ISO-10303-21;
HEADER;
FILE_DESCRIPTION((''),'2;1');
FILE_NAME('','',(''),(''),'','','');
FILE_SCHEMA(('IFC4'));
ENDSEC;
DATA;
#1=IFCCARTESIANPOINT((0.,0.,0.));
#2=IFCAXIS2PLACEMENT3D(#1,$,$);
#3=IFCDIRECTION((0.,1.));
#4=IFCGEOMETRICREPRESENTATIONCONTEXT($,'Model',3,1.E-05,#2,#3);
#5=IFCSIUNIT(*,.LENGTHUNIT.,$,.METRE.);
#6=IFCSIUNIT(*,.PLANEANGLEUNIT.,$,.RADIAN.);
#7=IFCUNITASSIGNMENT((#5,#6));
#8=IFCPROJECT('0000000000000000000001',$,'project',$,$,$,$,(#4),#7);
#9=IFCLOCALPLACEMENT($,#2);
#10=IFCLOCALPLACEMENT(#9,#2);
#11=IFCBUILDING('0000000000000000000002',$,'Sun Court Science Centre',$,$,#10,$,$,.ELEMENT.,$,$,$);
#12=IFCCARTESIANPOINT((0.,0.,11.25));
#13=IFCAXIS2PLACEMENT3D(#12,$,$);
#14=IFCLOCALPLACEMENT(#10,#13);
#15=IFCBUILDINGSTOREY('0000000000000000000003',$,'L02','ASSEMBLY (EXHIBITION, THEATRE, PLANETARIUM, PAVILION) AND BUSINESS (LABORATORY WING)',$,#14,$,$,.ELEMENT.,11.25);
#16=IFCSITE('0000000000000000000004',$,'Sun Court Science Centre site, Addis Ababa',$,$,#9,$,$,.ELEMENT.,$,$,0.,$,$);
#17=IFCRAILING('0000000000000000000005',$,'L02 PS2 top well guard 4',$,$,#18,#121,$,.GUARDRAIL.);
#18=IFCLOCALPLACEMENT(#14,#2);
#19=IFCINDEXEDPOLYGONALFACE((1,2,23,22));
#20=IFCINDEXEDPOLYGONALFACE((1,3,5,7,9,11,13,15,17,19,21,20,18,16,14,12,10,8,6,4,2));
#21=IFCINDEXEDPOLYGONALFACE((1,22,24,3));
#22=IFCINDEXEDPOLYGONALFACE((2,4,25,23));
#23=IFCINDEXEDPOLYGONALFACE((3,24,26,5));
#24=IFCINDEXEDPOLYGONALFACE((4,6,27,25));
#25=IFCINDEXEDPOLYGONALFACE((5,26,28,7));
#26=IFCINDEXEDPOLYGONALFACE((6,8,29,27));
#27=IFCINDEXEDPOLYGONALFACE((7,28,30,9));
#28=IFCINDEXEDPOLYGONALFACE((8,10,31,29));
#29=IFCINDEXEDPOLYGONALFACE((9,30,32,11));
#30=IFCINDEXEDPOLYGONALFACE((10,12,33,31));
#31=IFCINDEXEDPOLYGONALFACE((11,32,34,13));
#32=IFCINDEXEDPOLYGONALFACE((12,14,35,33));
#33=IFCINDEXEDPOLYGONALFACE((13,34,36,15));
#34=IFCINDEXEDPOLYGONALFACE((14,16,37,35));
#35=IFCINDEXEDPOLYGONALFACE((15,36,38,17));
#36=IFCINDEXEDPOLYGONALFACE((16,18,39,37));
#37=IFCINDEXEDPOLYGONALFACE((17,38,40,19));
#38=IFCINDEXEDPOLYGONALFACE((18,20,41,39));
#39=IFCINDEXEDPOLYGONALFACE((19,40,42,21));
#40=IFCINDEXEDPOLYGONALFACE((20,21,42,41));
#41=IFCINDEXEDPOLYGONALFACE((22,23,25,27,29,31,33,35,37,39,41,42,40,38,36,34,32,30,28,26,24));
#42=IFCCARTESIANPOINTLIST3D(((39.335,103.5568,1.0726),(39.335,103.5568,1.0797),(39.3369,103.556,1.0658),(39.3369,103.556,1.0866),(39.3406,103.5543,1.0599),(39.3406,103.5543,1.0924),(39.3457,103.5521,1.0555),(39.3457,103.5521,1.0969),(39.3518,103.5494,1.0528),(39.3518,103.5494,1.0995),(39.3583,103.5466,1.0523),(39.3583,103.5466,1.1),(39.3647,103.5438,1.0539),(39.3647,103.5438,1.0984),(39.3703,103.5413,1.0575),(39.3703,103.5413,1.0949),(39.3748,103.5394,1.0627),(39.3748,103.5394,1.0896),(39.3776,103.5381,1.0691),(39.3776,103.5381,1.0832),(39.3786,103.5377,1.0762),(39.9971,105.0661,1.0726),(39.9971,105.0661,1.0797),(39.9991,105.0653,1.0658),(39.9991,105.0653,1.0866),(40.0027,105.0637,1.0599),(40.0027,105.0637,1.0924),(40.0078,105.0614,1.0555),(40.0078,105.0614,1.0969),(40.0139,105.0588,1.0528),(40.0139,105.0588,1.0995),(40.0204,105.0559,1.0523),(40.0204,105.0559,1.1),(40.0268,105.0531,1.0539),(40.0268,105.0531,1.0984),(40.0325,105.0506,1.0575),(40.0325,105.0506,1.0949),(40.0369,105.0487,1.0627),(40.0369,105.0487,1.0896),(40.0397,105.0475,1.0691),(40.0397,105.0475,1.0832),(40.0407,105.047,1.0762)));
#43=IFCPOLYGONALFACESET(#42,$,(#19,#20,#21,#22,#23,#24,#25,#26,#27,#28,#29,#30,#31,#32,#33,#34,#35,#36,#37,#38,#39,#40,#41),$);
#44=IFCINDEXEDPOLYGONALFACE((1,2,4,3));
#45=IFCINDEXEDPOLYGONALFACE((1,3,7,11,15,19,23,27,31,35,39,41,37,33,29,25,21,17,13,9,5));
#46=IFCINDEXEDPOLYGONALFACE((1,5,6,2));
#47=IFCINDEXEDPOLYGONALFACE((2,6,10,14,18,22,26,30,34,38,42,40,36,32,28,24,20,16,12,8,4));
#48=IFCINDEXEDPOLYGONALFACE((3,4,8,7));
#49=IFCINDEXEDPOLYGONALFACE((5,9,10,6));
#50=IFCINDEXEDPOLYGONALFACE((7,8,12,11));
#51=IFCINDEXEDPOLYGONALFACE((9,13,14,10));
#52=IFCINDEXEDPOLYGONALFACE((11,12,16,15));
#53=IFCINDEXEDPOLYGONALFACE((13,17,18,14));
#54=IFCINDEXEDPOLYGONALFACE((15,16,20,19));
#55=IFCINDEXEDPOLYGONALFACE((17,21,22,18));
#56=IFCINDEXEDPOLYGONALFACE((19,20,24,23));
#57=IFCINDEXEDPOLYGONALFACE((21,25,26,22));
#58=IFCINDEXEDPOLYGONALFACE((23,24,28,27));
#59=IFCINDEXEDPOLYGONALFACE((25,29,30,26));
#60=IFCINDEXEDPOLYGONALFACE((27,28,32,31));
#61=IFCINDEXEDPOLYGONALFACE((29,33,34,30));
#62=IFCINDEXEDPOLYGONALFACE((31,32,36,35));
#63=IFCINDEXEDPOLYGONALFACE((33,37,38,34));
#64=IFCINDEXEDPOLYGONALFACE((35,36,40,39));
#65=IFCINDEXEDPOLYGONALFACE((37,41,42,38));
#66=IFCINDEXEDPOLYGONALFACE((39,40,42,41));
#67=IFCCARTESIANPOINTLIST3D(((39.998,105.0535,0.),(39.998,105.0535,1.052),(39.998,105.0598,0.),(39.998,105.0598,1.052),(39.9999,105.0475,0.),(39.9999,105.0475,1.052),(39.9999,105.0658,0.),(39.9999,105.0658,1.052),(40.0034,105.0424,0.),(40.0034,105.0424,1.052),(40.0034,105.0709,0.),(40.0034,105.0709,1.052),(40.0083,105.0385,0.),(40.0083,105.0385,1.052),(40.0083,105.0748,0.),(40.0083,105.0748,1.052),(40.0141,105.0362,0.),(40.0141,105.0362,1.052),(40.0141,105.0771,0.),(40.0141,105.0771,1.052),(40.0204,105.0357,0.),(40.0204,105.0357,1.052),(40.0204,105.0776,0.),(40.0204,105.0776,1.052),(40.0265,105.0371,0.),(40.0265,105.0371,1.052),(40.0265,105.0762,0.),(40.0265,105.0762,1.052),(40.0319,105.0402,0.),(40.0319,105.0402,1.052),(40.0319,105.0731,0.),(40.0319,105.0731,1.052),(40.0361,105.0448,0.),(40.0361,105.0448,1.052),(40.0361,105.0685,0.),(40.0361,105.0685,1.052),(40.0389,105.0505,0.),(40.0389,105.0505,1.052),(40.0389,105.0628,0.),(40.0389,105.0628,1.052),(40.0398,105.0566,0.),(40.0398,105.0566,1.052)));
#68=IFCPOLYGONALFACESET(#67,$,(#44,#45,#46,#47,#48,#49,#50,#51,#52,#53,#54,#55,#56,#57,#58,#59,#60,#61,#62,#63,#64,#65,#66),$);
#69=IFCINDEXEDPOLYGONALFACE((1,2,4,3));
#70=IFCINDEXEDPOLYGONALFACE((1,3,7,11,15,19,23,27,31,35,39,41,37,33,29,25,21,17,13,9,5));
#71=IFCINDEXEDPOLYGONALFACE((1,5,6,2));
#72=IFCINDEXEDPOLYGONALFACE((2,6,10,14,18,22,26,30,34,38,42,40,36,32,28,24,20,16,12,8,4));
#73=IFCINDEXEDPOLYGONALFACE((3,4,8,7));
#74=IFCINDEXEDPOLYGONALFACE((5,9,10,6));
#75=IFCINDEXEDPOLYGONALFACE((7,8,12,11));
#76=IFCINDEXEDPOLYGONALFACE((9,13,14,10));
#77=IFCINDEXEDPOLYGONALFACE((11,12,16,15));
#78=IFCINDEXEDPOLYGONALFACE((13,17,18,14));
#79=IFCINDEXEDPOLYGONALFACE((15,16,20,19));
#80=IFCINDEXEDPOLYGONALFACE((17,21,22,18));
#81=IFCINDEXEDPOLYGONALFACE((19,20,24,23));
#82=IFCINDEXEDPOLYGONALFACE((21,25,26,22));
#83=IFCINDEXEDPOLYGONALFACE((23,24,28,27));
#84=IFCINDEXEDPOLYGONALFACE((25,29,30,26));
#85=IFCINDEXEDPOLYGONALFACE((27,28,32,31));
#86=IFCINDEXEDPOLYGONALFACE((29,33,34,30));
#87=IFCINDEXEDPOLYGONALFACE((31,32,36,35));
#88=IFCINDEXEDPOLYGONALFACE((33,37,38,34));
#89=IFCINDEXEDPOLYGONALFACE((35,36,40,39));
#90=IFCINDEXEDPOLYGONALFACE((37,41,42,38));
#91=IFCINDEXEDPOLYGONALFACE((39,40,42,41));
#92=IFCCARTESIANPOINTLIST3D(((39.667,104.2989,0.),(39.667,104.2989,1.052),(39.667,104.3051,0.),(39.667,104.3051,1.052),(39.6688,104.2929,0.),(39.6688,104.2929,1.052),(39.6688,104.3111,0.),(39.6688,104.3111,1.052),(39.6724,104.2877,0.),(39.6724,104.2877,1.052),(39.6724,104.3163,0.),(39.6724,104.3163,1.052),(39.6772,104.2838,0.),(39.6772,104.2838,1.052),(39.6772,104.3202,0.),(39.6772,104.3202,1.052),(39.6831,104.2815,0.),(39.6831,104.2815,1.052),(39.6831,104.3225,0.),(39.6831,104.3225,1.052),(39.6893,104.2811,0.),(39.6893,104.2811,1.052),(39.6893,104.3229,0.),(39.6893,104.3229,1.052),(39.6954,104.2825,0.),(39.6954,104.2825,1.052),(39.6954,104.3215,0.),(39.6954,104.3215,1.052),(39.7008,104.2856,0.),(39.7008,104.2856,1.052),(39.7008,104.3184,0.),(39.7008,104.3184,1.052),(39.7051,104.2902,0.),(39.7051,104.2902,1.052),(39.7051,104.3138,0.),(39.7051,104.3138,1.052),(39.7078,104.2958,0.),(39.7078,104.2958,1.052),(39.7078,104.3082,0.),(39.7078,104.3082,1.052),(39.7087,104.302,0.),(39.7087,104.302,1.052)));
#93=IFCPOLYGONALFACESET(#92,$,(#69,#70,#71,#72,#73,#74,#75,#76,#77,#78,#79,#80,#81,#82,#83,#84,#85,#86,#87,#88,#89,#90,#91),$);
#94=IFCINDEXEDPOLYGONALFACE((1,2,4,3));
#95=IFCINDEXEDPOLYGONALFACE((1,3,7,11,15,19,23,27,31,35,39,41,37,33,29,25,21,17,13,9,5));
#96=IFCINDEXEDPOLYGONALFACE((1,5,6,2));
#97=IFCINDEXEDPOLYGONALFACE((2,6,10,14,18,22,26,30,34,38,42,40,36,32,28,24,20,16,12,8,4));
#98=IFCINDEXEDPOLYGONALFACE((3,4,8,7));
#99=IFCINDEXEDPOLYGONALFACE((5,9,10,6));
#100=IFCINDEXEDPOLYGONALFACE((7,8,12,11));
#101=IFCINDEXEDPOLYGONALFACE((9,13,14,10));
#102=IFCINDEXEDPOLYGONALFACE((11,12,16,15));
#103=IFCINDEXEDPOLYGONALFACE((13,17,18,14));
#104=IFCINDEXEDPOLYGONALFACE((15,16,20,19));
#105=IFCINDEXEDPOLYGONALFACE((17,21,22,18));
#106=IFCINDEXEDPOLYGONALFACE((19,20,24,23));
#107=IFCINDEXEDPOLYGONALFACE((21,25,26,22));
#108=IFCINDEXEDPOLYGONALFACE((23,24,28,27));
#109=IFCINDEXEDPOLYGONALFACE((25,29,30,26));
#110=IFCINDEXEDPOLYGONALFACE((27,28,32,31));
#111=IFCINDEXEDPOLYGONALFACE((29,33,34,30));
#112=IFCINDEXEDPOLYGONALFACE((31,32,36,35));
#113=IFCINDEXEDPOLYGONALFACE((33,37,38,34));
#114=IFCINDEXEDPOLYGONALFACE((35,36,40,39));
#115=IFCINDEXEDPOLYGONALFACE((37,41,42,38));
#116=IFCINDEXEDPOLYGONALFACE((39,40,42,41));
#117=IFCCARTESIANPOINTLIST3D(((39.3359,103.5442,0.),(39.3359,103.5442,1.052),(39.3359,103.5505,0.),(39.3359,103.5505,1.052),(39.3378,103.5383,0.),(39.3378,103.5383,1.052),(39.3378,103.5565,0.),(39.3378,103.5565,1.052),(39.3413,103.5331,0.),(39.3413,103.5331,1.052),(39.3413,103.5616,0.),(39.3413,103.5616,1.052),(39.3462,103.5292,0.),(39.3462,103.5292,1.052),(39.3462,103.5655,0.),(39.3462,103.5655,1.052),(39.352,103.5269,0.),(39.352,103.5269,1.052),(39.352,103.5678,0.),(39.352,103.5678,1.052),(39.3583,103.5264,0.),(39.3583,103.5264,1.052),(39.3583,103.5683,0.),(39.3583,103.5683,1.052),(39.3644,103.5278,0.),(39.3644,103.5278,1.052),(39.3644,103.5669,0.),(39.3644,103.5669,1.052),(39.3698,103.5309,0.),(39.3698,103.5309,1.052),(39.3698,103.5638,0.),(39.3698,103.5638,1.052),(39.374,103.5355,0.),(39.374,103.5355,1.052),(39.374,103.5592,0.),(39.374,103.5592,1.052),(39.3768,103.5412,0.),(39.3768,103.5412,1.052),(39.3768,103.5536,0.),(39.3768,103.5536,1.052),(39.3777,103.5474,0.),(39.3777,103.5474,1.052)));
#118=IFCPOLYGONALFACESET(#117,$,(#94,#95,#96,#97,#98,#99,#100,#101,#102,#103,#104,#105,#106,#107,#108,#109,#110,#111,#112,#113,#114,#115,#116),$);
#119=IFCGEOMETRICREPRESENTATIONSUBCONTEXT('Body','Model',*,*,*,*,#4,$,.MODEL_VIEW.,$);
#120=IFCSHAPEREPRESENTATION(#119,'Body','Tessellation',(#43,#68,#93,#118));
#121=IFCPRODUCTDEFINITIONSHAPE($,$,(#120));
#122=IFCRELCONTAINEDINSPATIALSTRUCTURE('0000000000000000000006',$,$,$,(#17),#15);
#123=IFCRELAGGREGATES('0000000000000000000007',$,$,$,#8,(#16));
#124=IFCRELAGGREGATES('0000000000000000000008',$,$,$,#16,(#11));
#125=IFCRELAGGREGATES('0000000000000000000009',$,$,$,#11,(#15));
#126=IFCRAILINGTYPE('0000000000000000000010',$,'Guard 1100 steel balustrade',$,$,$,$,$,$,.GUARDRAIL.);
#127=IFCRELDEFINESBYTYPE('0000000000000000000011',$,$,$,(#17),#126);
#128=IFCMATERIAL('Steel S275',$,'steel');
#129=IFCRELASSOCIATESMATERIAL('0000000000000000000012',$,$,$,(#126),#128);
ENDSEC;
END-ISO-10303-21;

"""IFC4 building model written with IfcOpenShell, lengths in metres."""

from ifc_helpers import new_model, si_unit, direction, frame, origin, origin_2d, place, context, subcontext, project, spatial, circle, extrude, material, type_object, element, save


model = new_model("IFC4")

# Units and contexts
model_context = context("Model", 3, precision=1e-05, world=origin(), true_north=direction((0.0, 1.0)))
body_context = subcontext(model_context, "Body", "Model", "MODEL_VIEW")
ifc_project = project(units=[si_unit("LENGTHUNIT", "METRE"), si_unit("PLANEANGLEUNIT", "RADIAN")], contexts=[model_context])

# Site, building, storey
site_placement = place(None, origin())
site = spatial("IfcSite", under=ifc_project, at=site_placement, Name="Sun Court Science Centre site, Addis Ababa", CompositionType="ELEMENT", RefElevation=0.0)
building_placement = place(site_placement, origin())
building = spatial("IfcBuilding", under=site, at=building_placement, Name="Sun Court Science Centre", CompositionType="ELEMENT")
storey_placement = place(building_placement, frame((0.0, 0.0, 11.25)))
storey = spatial("IfcBuildingStorey", under=building, at=storey_placement, Name="L02", Description="ASSEMBLY (EXHIBITION, THEATRE, PLANETARIUM, PAVILION) AND BUSINESS (LABORATORY WING)", CompositionType="ELEMENT", Elevation=11.25)

# Railing
ifc_material_1 = material(Name="Steel S275", Category="steel")
railing_type = type_object("IfcRailingType", Name="Guard 1100 steel balustrade", PredefinedType="GUARDRAIL", material=ifc_material_1)
railing_1_placement = place(storey_placement, frame((40.0188, 105.0566, 0.0)))
element("IfcRailing", 1, at=railing_1_placement, inside=storey, type_object=railing_type, Name="L02 PS2 top well guard 4", PredefinedType="GUARDRAIL", context=body_context, shape_type="SweptSolid", body=[
    extrude(circle(Radius=0.0239, at=origin_2d()), frame((0.0, 0.0, 1.0762), z_axis=(-0.401736, -0.915756, 0.0), x_axis=(0.915756, -0.401736, 0.0)), (0.0, 0.0, 1.0), 1.6482),
    extrude(circle(Radius=0.021, at=origin_2d()), origin(), (0.0, 0.0, 1.0), 1.052),
    extrude(circle(Radius=0.021, at=origin_2d()), frame((-0.3311, -0.7546, 0.0)), (0.0, 0.0, 1.0), 1.052),
    extrude(circle(Radius=0.021, at=origin_2d()), frame((-0.6621, -1.5093, 0.0)), (0.0, 0.0, 1.0), 1.052),
])

save(model, "model.ifc")
